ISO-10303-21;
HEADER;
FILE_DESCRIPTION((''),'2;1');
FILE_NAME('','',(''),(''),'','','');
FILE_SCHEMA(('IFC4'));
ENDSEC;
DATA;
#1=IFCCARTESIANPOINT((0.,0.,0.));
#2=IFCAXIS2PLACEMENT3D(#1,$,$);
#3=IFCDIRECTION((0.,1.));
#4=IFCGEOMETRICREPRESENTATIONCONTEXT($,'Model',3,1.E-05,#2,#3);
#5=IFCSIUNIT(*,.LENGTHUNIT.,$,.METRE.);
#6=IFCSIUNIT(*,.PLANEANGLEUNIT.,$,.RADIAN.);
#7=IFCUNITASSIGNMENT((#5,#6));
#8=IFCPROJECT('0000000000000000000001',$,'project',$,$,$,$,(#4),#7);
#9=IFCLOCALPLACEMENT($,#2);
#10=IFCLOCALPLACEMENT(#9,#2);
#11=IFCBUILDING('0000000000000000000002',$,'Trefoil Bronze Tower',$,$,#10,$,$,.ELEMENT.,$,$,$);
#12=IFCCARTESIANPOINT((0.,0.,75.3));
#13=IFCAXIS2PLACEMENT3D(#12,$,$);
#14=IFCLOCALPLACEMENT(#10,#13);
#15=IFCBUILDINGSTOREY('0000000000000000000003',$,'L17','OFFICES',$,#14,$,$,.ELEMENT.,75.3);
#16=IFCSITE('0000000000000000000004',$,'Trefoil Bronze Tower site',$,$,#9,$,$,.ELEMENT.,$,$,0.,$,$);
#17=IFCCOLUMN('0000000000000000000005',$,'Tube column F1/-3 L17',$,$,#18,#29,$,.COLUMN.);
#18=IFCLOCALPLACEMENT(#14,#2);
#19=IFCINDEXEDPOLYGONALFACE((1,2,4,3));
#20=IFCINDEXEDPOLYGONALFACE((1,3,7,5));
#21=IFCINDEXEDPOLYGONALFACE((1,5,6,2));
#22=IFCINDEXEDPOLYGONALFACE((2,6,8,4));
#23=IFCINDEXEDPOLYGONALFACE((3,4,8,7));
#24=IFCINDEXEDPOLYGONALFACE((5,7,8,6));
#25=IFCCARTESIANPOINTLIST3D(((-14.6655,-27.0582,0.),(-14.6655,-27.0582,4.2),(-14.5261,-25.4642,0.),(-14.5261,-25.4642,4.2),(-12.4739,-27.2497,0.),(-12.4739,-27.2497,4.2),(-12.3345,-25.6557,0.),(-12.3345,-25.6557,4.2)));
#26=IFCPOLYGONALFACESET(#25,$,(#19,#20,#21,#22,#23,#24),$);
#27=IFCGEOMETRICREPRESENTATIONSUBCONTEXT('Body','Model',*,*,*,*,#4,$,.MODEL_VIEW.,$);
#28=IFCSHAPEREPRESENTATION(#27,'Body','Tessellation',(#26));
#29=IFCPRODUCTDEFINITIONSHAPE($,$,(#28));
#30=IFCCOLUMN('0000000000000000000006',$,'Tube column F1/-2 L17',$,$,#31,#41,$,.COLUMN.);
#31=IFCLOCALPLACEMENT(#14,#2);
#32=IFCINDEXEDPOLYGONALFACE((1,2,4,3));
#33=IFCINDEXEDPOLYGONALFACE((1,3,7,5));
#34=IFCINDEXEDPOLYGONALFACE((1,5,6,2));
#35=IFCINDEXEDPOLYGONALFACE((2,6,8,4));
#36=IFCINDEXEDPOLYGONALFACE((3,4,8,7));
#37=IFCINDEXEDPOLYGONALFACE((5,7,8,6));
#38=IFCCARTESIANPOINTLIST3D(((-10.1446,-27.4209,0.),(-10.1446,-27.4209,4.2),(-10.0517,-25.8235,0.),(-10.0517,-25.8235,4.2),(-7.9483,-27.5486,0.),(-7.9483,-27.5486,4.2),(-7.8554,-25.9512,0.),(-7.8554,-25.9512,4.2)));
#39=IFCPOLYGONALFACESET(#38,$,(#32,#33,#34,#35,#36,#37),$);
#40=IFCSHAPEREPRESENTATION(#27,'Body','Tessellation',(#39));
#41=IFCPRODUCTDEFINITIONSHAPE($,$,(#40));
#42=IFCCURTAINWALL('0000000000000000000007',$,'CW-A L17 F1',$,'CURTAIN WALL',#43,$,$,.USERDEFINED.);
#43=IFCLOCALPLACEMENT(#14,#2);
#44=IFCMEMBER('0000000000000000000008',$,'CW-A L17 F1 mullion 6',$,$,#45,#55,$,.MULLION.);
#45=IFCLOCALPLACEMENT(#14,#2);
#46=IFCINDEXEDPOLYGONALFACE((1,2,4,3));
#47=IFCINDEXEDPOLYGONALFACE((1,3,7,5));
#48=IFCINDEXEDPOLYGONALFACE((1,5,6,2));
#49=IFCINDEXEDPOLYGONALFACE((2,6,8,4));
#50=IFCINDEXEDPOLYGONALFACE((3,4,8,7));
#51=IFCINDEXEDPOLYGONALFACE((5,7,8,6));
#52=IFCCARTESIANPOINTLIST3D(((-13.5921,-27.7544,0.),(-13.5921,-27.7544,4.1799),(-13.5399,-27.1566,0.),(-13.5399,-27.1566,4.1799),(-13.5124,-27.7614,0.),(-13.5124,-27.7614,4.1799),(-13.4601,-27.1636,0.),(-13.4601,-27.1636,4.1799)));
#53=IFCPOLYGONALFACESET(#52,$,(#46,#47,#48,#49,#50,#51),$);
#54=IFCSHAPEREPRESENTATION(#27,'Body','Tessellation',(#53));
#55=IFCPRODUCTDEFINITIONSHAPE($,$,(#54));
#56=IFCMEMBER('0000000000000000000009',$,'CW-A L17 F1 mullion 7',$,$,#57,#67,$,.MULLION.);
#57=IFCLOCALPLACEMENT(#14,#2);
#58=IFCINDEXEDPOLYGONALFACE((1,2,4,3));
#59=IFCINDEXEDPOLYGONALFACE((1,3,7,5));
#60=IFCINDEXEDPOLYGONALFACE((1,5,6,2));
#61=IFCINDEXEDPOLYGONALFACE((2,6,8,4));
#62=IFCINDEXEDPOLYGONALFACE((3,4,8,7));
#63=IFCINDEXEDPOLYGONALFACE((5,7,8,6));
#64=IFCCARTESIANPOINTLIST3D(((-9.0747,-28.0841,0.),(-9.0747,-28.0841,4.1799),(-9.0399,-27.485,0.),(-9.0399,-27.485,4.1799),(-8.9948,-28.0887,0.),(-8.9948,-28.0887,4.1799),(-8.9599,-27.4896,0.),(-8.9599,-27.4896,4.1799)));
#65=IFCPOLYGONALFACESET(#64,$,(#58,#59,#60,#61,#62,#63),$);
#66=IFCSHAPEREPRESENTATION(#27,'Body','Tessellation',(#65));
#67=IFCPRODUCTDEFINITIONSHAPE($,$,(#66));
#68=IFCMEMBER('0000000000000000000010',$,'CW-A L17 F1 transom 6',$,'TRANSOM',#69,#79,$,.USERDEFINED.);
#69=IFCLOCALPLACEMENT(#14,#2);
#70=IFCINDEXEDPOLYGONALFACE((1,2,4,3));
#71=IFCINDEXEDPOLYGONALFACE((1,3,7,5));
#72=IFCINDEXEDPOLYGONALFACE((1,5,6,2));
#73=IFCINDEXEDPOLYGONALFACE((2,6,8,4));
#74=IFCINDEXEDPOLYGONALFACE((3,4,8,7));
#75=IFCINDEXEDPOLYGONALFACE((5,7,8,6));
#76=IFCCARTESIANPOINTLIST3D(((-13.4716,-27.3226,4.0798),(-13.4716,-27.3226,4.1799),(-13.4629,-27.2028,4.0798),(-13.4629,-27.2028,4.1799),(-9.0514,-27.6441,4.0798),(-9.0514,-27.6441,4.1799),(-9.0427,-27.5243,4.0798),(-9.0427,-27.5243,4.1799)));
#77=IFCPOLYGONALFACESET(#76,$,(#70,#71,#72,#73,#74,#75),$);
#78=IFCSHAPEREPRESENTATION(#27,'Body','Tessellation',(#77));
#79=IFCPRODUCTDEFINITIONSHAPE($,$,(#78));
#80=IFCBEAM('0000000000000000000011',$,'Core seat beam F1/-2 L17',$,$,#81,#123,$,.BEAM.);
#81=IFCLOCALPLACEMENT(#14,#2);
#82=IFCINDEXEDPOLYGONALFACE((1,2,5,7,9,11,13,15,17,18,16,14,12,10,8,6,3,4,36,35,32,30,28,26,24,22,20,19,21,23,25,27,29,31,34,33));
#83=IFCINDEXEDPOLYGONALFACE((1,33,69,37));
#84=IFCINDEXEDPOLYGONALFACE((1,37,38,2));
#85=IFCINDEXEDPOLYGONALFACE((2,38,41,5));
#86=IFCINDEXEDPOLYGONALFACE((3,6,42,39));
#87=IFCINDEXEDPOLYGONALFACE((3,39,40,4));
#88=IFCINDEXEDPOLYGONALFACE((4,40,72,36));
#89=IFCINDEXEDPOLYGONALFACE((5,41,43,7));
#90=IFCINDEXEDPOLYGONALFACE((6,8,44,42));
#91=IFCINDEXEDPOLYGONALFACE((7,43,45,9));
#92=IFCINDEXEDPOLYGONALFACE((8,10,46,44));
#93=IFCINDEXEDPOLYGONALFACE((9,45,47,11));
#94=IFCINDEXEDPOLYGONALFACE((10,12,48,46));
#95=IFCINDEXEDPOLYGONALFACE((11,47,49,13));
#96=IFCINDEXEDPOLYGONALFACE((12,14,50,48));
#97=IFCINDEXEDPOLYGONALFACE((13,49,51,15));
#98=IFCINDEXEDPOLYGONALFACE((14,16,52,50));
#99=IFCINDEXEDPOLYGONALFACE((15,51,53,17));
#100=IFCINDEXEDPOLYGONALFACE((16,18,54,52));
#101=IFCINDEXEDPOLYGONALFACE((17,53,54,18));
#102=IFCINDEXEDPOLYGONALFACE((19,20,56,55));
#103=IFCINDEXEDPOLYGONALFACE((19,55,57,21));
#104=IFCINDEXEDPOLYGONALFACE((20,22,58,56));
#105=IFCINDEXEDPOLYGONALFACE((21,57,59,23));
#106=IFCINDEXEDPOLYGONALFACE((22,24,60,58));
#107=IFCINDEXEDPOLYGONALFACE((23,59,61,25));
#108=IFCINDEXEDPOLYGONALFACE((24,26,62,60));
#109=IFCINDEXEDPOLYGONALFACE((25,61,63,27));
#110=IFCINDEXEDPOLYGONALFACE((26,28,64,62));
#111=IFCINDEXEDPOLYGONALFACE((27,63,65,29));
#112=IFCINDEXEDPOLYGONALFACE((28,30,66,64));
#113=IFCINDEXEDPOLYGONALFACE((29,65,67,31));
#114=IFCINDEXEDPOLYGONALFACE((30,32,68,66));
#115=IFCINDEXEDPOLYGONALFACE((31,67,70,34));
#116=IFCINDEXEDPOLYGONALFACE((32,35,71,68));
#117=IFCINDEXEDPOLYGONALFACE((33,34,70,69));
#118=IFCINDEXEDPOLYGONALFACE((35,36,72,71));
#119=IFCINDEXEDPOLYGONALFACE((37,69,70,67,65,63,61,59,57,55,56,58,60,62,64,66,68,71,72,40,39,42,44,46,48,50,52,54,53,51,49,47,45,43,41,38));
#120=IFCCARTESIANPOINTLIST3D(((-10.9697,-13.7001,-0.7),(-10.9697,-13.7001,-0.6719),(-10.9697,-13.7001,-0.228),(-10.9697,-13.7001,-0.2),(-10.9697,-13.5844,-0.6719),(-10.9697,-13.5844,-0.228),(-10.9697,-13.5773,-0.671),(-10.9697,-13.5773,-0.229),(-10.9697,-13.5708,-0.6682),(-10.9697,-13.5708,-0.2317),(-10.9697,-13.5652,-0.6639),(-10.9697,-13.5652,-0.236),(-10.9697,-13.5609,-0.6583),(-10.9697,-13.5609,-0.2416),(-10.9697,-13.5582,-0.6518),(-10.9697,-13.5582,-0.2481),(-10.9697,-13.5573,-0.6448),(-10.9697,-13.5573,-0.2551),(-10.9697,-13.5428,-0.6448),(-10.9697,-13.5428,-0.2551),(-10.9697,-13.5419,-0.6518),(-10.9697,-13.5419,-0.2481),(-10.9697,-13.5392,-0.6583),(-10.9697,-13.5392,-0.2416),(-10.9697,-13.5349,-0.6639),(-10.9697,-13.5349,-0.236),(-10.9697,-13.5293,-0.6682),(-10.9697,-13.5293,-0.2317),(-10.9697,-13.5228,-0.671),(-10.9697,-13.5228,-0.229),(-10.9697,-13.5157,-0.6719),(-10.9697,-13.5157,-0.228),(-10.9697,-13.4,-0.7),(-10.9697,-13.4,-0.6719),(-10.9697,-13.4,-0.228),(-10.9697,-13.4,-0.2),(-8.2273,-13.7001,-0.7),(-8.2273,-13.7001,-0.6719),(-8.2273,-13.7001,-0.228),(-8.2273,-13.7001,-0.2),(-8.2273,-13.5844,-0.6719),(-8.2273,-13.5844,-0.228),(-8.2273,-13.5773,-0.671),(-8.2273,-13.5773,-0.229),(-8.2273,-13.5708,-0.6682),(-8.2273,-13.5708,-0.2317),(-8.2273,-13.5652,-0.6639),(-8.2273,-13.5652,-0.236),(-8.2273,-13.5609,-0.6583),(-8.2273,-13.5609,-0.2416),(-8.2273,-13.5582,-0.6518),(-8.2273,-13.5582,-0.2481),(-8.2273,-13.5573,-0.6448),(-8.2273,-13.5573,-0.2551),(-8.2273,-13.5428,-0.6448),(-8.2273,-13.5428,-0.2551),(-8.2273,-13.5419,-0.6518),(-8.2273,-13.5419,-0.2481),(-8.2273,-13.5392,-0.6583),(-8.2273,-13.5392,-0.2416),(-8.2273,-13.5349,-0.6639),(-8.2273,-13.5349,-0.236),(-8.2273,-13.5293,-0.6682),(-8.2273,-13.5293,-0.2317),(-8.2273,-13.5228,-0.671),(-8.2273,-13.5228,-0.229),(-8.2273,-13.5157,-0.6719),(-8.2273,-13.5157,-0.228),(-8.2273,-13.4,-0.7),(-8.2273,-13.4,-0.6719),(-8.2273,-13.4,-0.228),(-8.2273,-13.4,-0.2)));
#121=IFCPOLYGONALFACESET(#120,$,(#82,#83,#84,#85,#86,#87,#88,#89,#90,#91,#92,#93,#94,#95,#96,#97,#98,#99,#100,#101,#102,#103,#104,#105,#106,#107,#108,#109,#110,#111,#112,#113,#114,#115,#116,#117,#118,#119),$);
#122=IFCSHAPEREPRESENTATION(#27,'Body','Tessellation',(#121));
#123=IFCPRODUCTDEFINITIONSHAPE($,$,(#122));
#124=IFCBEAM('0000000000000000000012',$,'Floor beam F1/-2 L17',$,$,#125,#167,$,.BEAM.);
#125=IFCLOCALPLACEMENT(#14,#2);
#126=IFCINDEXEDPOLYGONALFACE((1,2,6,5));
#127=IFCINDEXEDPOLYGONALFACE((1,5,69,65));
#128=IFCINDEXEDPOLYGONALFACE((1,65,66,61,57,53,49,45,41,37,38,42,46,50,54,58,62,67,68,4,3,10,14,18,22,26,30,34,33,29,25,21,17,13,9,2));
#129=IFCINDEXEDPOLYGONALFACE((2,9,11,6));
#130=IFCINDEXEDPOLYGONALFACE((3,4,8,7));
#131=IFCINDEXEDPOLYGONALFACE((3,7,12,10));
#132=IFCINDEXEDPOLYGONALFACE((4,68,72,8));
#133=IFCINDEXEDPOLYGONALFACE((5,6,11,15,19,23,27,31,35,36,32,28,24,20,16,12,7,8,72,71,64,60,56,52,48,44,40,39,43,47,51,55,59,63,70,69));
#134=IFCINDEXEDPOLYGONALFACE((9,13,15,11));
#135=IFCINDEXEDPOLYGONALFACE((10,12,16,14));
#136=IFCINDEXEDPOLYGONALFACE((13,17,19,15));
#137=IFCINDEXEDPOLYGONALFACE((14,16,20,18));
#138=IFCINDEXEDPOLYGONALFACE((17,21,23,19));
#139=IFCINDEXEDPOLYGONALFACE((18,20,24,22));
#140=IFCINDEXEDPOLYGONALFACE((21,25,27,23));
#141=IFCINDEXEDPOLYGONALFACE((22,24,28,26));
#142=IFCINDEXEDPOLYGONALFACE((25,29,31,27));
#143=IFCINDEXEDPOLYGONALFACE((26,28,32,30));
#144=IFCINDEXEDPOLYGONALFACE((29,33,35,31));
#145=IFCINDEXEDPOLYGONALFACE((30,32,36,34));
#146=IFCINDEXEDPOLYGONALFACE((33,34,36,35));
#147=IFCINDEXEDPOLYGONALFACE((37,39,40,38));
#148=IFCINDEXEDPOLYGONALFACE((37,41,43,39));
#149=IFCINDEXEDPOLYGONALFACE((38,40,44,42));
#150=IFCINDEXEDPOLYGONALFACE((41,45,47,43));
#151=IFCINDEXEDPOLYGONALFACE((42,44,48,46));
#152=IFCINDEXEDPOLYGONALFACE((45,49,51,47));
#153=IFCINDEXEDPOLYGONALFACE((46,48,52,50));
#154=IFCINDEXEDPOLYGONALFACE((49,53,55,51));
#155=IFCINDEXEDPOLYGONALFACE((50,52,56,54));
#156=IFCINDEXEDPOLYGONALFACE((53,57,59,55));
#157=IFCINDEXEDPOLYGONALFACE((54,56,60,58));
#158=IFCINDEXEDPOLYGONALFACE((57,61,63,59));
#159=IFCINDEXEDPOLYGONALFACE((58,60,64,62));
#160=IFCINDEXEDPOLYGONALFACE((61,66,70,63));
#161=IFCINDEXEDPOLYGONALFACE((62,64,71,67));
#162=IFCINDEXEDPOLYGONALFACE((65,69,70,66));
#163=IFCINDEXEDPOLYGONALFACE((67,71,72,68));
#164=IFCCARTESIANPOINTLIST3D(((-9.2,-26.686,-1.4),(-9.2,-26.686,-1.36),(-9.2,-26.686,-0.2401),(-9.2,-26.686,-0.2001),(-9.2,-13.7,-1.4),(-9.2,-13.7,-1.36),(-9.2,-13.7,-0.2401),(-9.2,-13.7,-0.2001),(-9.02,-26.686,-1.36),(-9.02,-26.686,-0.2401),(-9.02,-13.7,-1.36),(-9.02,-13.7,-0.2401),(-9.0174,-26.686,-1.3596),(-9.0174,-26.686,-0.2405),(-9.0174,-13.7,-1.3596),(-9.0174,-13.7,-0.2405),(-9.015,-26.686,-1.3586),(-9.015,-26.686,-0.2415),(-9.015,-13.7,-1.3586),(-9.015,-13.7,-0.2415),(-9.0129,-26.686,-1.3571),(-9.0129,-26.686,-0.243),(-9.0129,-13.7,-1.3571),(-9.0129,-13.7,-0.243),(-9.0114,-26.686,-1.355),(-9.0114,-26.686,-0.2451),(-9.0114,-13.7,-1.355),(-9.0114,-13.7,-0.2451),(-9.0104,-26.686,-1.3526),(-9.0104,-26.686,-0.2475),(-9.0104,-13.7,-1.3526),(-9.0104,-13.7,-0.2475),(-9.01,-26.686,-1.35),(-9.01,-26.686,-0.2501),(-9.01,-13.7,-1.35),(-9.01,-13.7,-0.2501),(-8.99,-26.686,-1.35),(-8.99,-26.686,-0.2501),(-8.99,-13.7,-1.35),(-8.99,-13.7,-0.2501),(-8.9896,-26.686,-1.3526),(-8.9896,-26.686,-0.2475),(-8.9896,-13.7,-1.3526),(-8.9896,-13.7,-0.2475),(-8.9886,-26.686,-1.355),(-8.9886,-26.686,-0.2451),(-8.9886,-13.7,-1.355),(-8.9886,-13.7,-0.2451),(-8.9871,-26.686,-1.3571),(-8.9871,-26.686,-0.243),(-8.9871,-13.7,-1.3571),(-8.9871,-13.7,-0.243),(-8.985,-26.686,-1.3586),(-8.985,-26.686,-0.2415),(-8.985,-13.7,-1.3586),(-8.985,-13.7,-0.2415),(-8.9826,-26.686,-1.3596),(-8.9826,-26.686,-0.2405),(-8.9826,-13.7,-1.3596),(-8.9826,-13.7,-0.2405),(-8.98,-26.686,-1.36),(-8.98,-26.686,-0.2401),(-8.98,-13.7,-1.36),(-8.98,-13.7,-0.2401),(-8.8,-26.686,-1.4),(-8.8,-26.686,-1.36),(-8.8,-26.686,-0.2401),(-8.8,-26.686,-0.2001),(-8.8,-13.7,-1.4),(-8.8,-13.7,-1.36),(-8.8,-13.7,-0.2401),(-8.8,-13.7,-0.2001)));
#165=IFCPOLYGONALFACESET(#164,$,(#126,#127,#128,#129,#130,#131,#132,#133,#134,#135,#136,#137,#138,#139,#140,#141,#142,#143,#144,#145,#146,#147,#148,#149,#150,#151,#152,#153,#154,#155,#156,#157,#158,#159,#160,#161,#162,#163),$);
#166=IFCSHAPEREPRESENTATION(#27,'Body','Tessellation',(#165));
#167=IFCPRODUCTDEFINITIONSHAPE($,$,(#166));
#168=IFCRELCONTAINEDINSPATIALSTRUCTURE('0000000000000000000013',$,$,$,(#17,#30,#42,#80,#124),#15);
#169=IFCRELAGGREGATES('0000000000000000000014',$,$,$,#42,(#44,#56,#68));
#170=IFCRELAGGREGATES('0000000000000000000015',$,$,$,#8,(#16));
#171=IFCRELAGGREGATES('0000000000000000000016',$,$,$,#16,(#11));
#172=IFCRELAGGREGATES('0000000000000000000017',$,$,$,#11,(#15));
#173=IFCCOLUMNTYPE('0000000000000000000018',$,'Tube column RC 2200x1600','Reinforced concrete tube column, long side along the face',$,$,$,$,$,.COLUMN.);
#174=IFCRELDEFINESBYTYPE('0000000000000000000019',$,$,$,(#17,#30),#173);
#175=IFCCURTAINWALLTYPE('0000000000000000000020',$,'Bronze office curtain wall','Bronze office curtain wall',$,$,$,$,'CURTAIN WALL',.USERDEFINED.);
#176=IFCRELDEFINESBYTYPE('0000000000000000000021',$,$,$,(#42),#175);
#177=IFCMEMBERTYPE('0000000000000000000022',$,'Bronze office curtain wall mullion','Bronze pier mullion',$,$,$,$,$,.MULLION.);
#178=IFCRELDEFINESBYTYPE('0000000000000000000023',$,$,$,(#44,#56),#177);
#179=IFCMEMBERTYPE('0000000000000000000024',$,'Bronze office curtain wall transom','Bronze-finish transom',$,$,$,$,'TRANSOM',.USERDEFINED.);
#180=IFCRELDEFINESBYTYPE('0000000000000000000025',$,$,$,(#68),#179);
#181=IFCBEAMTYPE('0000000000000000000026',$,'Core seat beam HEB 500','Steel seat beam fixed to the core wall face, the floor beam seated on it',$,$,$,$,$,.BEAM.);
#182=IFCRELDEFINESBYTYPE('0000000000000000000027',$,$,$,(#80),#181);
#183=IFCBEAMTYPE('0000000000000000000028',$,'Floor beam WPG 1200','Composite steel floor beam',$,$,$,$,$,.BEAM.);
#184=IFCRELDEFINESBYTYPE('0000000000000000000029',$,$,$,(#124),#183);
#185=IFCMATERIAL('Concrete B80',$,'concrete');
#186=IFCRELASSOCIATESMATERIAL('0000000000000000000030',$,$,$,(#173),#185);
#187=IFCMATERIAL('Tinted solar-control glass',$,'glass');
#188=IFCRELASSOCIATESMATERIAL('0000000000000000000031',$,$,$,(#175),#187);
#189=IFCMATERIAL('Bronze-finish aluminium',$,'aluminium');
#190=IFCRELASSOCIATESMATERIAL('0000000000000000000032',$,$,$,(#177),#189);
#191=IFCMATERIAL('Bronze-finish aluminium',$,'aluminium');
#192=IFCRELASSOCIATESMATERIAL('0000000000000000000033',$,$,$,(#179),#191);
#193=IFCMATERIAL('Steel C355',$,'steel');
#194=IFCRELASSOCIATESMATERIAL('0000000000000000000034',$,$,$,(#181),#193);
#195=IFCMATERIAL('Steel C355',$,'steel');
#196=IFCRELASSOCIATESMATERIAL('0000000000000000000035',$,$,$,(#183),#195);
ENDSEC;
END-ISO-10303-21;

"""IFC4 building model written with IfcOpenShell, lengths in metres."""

from ifc_helpers import new_model, si_unit, direction, frame, origin, origin_2d, place, context, subcontext, project, spatial, rectangle, i_section, extrude, material, material_profile, profile_set, type_object, element, aggregate, save


model = new_model("IFC4")

# Units and contexts
model_context = context("Model", 3, precision=1e-05, world=origin(), true_north=direction((0.0, 1.0)))
body_context = subcontext(model_context, "Body", "Model", "MODEL_VIEW")
ifc_project = project(units=[si_unit("LENGTHUNIT", "METRE"), si_unit("PLANEANGLEUNIT", "RADIAN")], contexts=[model_context])

# Site, building, storey
site_placement = place(None, origin())
site = spatial("IfcSite", under=ifc_project, at=site_placement, Name="Trefoil Bronze Tower site", CompositionType="ELEMENT", RefElevation=0.0)
building_placement = place(site_placement, origin())
building = spatial("IfcBuilding", under=site, at=building_placement, Name="Trefoil Bronze Tower", CompositionType="ELEMENT")
storey_placement = place(building_placement, frame((0.0, 0.0, 75.3)))
storey = spatial("IfcBuildingStorey", under=building, at=storey_placement, Name="L17", Description="OFFICES", CompositionType="ELEMENT", Elevation=75.3)

# Columns
ifc_material_1 = material(Name="Concrete B80", Category="concrete")
ifc_material_profile_1 = material_profile(ifc_material_1, rectangle(XDim=2.2, YDim=1.6001, at=origin_2d()), Name="RC 2200x1600")
ifc_profile_set_1 = profile_set([ifc_material_profile_1], Name="Concrete B80")
column_type = type_object("IfcColumnType", Name="Tube column RC 2200x1600", Description="Reinforced concrete tube column, long side along the face", PredefinedType="COLUMN", material=ifc_profile_set_1)
for number, where, z_axis, x_axis, name in (
    (1, (-13.5, -26.3569, 0.0), (0.0, 0.0, 1.0), (0.996203, -0.087065, 0.0), "Tube column F1/-3 L17"),
    (2, (-9.0, -26.686, 0.0), (0.0, 0.0, 1.0), (0.998314, -0.058043, 0.0), "Tube column F1/-2 L17"),
):
    element("IfcColumn", number, at=place(storey_placement, frame(where, z_axis=z_axis, x_axis=x_axis)), inside=storey, type_object=column_type, Name=name, PredefinedType="COLUMN", context=body_context, shape_type="SweptSolid", body=[
        extrude(rectangle(XDim=2.2, YDim=1.6001, at=origin_2d()), origin(), (0.0, 0.0, 1.0), 4.2),
    ])

# Curtain wall, members
ifc_material_2 = material(Name="Tinted solar-control glass", Category="glass")
curtain_wall_type = type_object("IfcCurtainWallType", Name="Bronze office curtain wall", Description="Bronze office curtain wall", ElementType="CURTAIN WALL", PredefinedType="USERDEFINED", material=ifc_material_2)
curtain_wall_placement = place(storey_placement, origin())
curtain_wall = element("IfcCurtainWall", 3, at=curtain_wall_placement, inside=storey, type_object=curtain_wall_type, Name="CW-A L17 F1", ObjectType="CURTAIN WALL", PredefinedType="USERDEFINED")
ifc_material_3 = material(Name="Bronze-finish aluminium", Category="aluminium")
ifc_material_profile_2 = material_profile(ifc_material_3, rectangle(XDim=0.6001, YDim=0.0801, at=origin_2d()), Name="CW-A mullion")
ifc_profile_set_2 = profile_set([ifc_material_profile_2], Name="Bronze-finish aluminium")
member_type_1 = type_object("IfcMemberType", Name="Bronze office curtain wall mullion", Description="Bronze pier mullion", PredefinedType="MULLION", material=ifc_profile_set_2)
member_1_placement = place(storey_placement, frame((-13.5261, -27.459, 0.0), z_axis=(0.0, 0.0, 1.0), x_axis=(0.087065, 0.996203, 0.0)))
member_1 = element("IfcMember", 4, at=member_1_placement, type_object=member_type_1, Name="CW-A L17 F1 mullion 6", PredefinedType="MULLION", context=body_context, shape_type="SweptSolid", body=[
    extrude(rectangle(XDim=0.6001, YDim=0.0801, at=origin_2d()), origin(), (0.0, 0.0, 1.0), 4.1799),
])
member_2_placement = place(storey_placement, frame((-9.0173, -27.7869, 0.0), z_axis=(0.0, 0.0, 1.0), x_axis=(0.058043, 0.998314, 0.0)))
member_2 = element("IfcMember", 5, at=member_2_placement, type_object=member_type_1, Name="CW-A L17 F1 mullion 7", PredefinedType="MULLION", context=body_context, shape_type="SweptSolid", body=[
    extrude(rectangle(XDim=0.6001, YDim=0.0801, at=origin_2d()), origin(), (0.0, 0.0, 1.0), 4.1799),
])
ifc_material_4 = material(Name="Bronze-finish aluminium", Category="aluminium")
ifc_material_profile_3 = material_profile(ifc_material_4, rectangle(XDim=0.1201, YDim=0.1001, at=origin_2d()), Name="CW-A transom")
ifc_profile_set_3 = profile_set([ifc_material_profile_3], Name="Bronze-finish aluminium")
member_type_2 = type_object("IfcMemberType", Name="Bronze office curtain wall transom", Description="Bronze-finish transom", ElementType="TRANSOM", PredefinedType="USERDEFINED", material=ifc_profile_set_3)
member_3_placement = place(storey_placement, frame((-13.4673, -27.2627, 4.1299), z_axis=(0.997365, -0.072551, 0.0), x_axis=(0.072551, 0.997365, 0.0)))
member_3 = element("IfcMember", 6, at=member_3_placement, type_object=member_type_2, Name="CW-A L17 F1 transom 6", ObjectType="TRANSOM", PredefinedType="USERDEFINED", context=body_context, shape_type="SweptSolid", body=[
    extrude(rectangle(XDim=0.1201, YDim=0.1001, at=origin_2d()), origin(), (0.0, 0.0, 1.0), 4.4319),
])

# Beams
ifc_material_5 = material(Name="Steel C355", Category="steel")
ifc_material_profile_4 = material_profile(ifc_material_5, i_section(OverallWidth=0.3, OverallDepth=0.5, WebThickness=0.0144, FlangeThickness=0.0281, FilletRadius=0.0271, at=origin_2d()), Name="HEB 500")
ifc_profile_set_4 = profile_set([ifc_material_profile_4], Name="Steel C355")
beam_type_1 = type_object("IfcBeamType", Name="Core seat beam HEB 500", Description="Steel seat beam fixed to the core wall face, the floor beam seated on it", PredefinedType="BEAM", material=ifc_profile_set_4)
beam_1_placement = place(storey_placement, frame((-10.9697, -13.55, -0.45), z_axis=(1.0, 0.0, 0.0), x_axis=(0.0, 1.0, 0.0)))
element("IfcBeam", 7, at=beam_1_placement, inside=storey, type_object=beam_type_1, Name="Core seat beam F1/-2 L17", PredefinedType="BEAM", context=body_context, shape_type="SweptSolid", body=[
    extrude(i_section(OverallWidth=0.3, OverallDepth=0.5, WebThickness=0.0144, FlangeThickness=0.0281, FilletRadius=0.0271, at=origin_2d()), origin(), (0.0, 0.0, 1.0), 2.7424),
])
ifc_material_6 = material(Name="Steel C355", Category="steel")
ifc_material_profile_5 = material_profile(ifc_material_6, i_section(OverallWidth=0.3999, OverallDepth=1.2, WebThickness=0.02, FlangeThickness=0.04, FilletRadius=0.01, at=origin_2d()), Name="WPG 1200")
ifc_profile_set_5 = profile_set([ifc_material_profile_5], Name="Steel C355")
beam_type_2 = type_object("IfcBeamType", Name="Floor beam WPG 1200", Description="Composite steel floor beam", PredefinedType="BEAM", material=ifc_profile_set_5)
beam_2_placement = place(storey_placement, frame((-9.0, -26.686, -0.8), z_axis=(0.0, 1.0, 0.0), x_axis=(-1.0, 0.0, 0.0)))
element("IfcBeam", 8, at=beam_2_placement, inside=storey, type_object=beam_type_2, Name="Floor beam F1/-2 L17", PredefinedType="BEAM", context=body_context, shape_type="SweptSolid", body=[
    extrude(i_section(OverallWidth=0.3999, OverallDepth=1.2, WebThickness=0.02, FlangeThickness=0.04, FilletRadius=0.01, at=origin_2d()), origin(), (0.0, 0.0, 1.0), 12.9861),
])

aggregate(curtain_wall, [member_1, member_2, member_3])

save(model, "model.ifc")
